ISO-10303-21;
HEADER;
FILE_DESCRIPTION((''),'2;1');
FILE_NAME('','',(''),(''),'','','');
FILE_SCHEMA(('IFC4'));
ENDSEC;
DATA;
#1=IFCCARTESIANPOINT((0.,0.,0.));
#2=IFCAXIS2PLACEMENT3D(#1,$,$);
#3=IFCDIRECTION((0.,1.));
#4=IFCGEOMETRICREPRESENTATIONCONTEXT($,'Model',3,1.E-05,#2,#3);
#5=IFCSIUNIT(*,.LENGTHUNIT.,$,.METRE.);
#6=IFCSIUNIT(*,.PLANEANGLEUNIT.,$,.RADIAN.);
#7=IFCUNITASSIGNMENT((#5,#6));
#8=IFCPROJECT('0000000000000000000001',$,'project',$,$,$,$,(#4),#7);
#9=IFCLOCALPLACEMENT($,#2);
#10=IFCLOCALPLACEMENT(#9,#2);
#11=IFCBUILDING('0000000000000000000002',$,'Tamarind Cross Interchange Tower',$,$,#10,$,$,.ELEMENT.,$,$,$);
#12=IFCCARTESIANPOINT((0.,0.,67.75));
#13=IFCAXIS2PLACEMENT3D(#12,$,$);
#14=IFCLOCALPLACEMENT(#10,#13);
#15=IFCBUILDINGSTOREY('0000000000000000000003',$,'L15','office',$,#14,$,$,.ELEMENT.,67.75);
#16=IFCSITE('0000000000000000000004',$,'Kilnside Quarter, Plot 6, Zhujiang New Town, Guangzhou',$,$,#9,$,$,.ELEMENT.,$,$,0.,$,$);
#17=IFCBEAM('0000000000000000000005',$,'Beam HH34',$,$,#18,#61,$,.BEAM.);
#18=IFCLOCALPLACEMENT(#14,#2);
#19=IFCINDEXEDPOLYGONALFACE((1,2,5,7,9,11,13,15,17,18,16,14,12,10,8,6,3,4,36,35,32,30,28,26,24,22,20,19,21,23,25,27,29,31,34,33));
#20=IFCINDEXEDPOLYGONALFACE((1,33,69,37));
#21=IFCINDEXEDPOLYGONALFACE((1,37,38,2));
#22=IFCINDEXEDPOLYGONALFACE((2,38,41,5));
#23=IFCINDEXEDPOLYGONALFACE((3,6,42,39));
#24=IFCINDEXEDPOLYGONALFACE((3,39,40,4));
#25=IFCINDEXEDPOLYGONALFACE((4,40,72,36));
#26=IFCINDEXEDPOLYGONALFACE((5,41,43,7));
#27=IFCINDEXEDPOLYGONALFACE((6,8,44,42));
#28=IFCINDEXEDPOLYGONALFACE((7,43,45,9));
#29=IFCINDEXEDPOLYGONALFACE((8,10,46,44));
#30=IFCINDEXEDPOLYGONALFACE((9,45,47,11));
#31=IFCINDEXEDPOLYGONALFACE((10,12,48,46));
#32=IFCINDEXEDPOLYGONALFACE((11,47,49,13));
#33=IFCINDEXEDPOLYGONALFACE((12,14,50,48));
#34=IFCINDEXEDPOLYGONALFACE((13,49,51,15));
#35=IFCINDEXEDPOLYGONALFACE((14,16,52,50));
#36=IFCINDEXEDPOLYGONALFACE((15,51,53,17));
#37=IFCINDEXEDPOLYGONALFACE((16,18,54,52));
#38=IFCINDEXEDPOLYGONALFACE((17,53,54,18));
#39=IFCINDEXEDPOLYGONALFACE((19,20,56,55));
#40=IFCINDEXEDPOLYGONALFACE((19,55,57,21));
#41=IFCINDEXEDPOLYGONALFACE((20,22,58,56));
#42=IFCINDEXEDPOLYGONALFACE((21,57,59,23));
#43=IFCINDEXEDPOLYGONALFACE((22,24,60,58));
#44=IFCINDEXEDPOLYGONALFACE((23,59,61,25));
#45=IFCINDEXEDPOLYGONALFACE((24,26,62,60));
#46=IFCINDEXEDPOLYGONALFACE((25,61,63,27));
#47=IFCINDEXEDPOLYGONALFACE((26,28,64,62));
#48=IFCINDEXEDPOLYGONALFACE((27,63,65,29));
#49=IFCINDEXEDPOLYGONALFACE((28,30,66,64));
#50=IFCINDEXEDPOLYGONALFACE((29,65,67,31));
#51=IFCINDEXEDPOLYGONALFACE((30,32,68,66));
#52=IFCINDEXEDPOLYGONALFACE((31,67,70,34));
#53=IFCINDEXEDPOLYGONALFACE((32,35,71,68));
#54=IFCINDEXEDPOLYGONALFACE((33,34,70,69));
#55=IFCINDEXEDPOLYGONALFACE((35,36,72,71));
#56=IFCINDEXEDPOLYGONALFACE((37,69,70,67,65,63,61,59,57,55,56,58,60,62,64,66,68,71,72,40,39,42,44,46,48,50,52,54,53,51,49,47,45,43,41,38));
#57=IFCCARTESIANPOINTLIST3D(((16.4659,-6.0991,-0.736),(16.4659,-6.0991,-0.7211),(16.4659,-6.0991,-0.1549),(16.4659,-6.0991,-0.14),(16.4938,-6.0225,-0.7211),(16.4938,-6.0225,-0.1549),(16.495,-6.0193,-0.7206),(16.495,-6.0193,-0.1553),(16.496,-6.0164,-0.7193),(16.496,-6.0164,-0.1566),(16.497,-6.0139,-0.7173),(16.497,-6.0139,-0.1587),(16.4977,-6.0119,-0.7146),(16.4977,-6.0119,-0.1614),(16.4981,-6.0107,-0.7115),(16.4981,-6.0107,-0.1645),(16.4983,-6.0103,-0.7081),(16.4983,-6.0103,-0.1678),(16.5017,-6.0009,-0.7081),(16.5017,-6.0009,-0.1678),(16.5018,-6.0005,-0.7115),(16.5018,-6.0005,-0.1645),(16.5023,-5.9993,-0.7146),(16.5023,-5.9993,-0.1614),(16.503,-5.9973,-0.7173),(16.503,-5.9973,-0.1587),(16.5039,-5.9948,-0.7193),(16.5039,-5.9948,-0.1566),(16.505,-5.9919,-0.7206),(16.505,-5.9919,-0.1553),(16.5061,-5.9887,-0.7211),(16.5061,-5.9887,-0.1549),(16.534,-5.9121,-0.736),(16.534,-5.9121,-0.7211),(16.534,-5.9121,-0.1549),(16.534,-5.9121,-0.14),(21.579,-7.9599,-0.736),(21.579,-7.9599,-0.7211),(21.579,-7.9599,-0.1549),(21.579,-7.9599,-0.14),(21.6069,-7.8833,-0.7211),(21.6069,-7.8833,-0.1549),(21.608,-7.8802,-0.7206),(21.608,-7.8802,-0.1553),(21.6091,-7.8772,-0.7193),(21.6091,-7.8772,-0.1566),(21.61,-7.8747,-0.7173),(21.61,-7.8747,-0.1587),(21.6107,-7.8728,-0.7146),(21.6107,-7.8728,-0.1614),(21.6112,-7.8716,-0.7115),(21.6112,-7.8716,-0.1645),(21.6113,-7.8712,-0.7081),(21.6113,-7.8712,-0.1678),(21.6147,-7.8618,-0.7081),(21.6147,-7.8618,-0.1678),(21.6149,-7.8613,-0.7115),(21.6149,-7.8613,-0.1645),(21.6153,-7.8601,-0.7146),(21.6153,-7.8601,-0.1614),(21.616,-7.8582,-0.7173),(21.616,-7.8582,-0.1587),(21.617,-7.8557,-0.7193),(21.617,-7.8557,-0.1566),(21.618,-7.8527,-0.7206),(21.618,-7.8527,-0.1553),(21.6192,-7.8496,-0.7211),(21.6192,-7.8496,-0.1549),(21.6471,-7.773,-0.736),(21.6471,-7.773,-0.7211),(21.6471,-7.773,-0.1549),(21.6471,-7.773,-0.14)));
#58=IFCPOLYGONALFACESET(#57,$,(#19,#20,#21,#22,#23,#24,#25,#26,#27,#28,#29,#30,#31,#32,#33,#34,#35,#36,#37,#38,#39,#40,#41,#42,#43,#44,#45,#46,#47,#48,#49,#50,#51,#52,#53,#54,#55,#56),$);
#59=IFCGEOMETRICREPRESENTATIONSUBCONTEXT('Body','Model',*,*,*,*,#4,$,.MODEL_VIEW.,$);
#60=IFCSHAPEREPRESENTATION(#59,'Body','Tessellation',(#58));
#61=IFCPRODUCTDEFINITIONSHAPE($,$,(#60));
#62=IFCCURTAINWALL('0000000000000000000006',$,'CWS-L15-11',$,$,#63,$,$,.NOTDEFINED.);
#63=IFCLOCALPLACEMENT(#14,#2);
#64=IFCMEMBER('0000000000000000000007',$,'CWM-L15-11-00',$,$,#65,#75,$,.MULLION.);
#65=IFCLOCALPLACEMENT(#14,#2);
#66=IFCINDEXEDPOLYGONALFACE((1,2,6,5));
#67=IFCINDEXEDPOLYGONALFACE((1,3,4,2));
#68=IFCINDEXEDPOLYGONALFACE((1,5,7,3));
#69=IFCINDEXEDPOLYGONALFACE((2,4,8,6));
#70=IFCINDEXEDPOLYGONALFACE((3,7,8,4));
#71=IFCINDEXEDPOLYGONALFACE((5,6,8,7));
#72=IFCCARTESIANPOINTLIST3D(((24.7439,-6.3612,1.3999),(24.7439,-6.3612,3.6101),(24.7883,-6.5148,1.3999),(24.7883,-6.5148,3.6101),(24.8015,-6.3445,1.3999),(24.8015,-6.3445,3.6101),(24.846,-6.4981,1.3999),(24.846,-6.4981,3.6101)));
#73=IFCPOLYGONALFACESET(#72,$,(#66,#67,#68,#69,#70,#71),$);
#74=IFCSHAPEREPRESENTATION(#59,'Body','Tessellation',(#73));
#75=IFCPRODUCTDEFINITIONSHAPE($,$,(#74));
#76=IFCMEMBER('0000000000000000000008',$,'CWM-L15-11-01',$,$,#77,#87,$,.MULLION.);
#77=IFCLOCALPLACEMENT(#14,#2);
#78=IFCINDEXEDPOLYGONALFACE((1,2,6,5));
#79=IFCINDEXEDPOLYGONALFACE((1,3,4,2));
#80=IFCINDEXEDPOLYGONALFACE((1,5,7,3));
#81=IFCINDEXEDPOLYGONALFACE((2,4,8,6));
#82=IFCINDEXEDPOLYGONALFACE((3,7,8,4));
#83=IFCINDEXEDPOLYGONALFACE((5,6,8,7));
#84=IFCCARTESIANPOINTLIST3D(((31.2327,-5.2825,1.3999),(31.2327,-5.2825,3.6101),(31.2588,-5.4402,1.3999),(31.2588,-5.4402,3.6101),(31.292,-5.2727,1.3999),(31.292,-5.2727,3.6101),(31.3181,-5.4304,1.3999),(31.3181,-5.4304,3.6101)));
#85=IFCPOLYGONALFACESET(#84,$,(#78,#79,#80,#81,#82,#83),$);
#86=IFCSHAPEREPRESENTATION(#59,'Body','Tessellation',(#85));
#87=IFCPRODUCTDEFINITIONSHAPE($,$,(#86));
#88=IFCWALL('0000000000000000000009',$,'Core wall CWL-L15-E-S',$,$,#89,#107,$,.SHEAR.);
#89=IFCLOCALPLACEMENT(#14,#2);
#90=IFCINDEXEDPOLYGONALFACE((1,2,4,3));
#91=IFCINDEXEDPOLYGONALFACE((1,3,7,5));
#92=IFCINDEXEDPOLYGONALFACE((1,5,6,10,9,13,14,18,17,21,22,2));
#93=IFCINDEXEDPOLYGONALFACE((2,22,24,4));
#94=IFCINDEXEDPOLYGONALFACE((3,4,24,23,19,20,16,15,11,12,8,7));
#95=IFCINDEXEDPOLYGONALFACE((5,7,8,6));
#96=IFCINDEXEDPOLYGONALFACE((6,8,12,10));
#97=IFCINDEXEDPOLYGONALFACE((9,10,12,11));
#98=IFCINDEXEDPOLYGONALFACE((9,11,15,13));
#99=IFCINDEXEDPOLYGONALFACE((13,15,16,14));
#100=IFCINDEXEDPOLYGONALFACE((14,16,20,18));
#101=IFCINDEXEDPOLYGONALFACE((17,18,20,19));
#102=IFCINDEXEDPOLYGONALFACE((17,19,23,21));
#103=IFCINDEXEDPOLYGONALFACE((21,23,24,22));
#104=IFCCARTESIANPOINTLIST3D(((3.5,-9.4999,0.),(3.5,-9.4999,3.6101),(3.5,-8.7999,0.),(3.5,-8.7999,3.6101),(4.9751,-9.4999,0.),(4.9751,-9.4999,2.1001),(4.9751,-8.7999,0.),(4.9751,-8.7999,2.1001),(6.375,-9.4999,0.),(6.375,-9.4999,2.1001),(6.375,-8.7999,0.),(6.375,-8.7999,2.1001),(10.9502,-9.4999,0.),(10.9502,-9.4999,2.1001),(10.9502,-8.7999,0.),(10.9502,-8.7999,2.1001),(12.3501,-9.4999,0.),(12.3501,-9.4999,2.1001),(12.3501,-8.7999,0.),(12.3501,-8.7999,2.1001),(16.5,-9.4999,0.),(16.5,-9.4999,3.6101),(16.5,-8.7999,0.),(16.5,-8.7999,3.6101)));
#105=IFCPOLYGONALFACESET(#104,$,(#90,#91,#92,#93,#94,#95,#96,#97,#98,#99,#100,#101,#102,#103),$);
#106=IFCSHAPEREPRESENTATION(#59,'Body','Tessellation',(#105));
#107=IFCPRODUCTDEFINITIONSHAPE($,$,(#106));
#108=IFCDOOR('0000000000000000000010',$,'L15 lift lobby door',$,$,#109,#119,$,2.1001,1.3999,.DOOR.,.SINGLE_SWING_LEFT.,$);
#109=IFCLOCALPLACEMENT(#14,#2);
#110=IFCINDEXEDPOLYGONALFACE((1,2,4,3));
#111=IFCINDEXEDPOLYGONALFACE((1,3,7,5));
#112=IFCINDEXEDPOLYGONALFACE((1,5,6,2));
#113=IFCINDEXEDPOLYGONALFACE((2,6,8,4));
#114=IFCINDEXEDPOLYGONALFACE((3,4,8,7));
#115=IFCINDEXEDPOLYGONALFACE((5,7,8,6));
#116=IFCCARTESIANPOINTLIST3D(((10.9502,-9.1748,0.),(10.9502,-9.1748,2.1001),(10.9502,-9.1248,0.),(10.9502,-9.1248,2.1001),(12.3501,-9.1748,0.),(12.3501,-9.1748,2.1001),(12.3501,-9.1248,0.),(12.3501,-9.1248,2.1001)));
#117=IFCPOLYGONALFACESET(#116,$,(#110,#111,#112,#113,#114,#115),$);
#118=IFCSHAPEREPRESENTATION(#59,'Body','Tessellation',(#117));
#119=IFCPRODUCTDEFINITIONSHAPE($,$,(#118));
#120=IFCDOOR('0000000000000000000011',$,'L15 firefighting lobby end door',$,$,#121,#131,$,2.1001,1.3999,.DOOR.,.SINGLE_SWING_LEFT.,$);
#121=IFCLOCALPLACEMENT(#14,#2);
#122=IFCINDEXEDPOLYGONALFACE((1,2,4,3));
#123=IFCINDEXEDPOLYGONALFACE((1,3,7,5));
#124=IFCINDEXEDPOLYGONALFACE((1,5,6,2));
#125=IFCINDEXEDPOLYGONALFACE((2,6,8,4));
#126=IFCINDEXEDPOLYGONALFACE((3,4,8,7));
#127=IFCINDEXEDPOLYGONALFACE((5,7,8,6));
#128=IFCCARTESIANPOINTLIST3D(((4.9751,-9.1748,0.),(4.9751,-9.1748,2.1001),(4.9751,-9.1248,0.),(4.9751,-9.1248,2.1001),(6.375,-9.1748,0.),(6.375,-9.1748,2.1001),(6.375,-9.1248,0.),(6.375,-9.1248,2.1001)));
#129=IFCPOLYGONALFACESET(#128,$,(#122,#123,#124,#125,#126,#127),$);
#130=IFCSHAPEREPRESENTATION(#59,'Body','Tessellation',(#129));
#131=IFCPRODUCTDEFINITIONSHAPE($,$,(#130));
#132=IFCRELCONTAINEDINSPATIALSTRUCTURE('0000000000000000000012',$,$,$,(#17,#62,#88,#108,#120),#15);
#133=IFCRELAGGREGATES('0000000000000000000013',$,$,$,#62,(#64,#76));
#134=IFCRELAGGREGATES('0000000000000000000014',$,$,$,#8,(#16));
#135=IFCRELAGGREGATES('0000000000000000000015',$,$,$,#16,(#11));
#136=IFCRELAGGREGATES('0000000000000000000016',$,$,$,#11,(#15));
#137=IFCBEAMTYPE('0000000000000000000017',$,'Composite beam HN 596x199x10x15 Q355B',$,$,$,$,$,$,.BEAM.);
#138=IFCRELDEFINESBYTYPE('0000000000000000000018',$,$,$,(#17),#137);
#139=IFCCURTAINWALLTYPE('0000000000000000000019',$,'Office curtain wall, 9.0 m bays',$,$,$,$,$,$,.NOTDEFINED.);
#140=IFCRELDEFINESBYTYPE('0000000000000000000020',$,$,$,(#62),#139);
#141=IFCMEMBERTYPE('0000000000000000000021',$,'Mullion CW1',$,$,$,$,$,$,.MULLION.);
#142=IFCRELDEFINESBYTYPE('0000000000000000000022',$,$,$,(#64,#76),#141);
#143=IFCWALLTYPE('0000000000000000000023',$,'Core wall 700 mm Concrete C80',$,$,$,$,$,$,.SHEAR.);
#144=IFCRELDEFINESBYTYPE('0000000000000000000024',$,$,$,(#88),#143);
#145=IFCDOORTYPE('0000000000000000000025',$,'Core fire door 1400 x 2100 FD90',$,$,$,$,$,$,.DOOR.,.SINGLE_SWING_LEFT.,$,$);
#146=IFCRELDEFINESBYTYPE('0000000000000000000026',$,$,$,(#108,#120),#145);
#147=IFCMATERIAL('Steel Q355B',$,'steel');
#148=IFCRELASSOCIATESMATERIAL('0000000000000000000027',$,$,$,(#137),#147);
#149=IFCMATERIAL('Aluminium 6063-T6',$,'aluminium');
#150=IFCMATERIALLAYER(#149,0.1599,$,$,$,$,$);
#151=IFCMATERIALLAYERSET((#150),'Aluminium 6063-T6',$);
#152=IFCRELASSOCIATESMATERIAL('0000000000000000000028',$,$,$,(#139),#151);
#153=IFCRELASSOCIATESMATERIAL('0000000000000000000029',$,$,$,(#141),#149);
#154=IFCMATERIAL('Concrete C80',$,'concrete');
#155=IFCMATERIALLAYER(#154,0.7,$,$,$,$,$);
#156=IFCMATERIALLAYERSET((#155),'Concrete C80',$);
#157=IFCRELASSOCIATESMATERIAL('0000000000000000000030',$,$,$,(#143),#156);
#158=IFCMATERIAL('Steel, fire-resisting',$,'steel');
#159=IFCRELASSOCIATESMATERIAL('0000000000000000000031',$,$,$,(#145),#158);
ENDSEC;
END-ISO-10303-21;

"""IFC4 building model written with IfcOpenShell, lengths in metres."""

from ifc_helpers import new_model, si_unit, direction, frame, frame_2d, origin, origin_2d, place, context, subcontext, project, spatial, rectangle, i_section, extrude, material, layer, layer_set, material_profile, profile_set, type_object, element, fill, aggregate, save


model = new_model("IFC4")

# Units and contexts
model_context = context("Model", 3, precision=1e-05, world=origin(), true_north=direction((0.0, 1.0)))
body_context = subcontext(model_context, "Body", "Model", "MODEL_VIEW")
ifc_project = project(units=[si_unit("LENGTHUNIT", "METRE"), si_unit("PLANEANGLEUNIT", "RADIAN")], contexts=[model_context])

# Site, building, storey
site_placement = place(None, origin())
site = spatial("IfcSite", under=ifc_project, at=site_placement, Name="Kilnside Quarter, Plot 6, Zhujiang New Town, Guangzhou", CompositionType="ELEMENT", RefElevation=0.0)
building_placement = place(site_placement, origin())
building = spatial("IfcBuilding", under=site, at=building_placement, Name="Tamarind Cross Interchange Tower", CompositionType="ELEMENT")
storey_placement = place(building_placement, frame((0.0, 0.0, 67.75)))
storey = spatial("IfcBuildingStorey", under=building, at=storey_placement, Name="L15", Description="office", CompositionType="ELEMENT", Elevation=67.75)

# Beam
ifc_material_1 = material(Name="Steel Q355B", Category="steel")
ifc_material_profile_1 = material_profile(ifc_material_1, i_section(OverallWidth=0.199, OverallDepth=0.5959, WebThickness=0.01, FlangeThickness=0.0149, FilletRadius=0.0129, at=origin_2d()), Name="HN 596x199x10x15")
ifc_profile_set_1 = profile_set([ifc_material_profile_1], Name="Steel Q355B")
beam_type = type_object("IfcBeamType", Name="Composite beam HN 596x199x10x15 Q355B", PredefinedType="BEAM", material=ifc_profile_set_1)
beam_1_placement = place(storey_placement, frame((21.613, -7.8665, -0.438), z_axis=(-0.939702, 0.341995, 0.0), x_axis=(-0.341995, -0.939702, 0.0)))
element("IfcBeam", 1, at=beam_1_placement, inside=storey, type_object=beam_type, Name="Beam HH34", PredefinedType="BEAM", context=body_context, shape_type="SweptSolid", body=[
    extrude(i_section(OverallWidth=0.199, OverallDepth=0.5959, WebThickness=0.01, FlangeThickness=0.0149, FilletRadius=0.0129, at=origin_2d()), origin(), (0.0, 0.0, 1.0), 5.4412),
])

# Curtain wall, members
ifc_material_2 = material(Name="Aluminium 6063-T6", Category="aluminium")
ifc_layer_1 = layer(ifc_material_2, 0.1599)
ifc_layer_set_1 = layer_set([ifc_layer_1], Name="Aluminium 6063-T6")
curtain_wall_type = type_object("IfcCurtainWallType", Name="Office curtain wall, 9.0 m bays", PredefinedType="NOTDEFINED", material=ifc_layer_set_1)
curtain_wall_placement = place(storey_placement, origin())
curtain_wall = element("IfcCurtainWall", 2, at=curtain_wall_placement, inside=storey, type_object=curtain_wall_type, Name="CWS-L15-11", PredefinedType="NOTDEFINED")
ifc_material_profile_2 = material_profile(ifc_material_2, rectangle(XDim=0.0601, YDim=0.1599, at=origin_2d()), Name="Mullion CW1")
ifc_profile_set_2 = profile_set([ifc_material_profile_2], Name="Aluminium 6063-T6")
member_type = type_object("IfcMemberType", Name="Mullion CW1", PredefinedType="MULLION", material=ifc_profile_set_2)
member_1_placement = place(storey_placement, frame((24.7949, -6.4297, 1.3999), z_axis=(0.0, 0.0, 1.0), x_axis=(0.960607, 0.27791, 0.0)))
member_1 = element("IfcMember", 3, at=member_1_placement, type_object=member_type, Name="CWM-L15-11-00", PredefinedType="MULLION", context=body_context, shape_type="SweptSolid", body=[
    extrude(rectangle(XDim=0.0601, YDim=0.1599, at=origin_2d()), origin(), (0.0, 0.0, 1.0), 2.2102),
])
member_2_placement = place(storey_placement, frame((31.2754, -5.3564, 1.3999), z_axis=(0.0, 0.0, 1.0), x_axis=(0.986563, 0.163381, 0.0)))
member_2 = element("IfcMember", 4, at=member_2_placement, type_object=member_type, Name="CWM-L15-11-01", PredefinedType="MULLION", context=body_context, shape_type="SweptSolid", body=[
    extrude(rectangle(XDim=0.0601, YDim=0.1599, at=origin_2d()), origin(), (0.0, 0.0, 1.0), 2.2102),
])
aggregate(curtain_wall, [member_1, member_2])

# Wall, openings, doors
ifc_material_3 = material(Name="Concrete C80", Category="concrete")
ifc_layer_2 = layer(ifc_material_3, 0.7)
ifc_layer_set_2 = layer_set([ifc_layer_2], Name="Concrete C80")
wall_type_1 = type_object("IfcWallType", Name="Core wall 700 mm Concrete C80", PredefinedType="SHEAR", material=ifc_layer_set_2)
wall_1_placement = place(storey_placement, frame((16.5, -9.1499, 0.0), z_axis=(0.0, 0.0, 1.0), x_axis=(-1.0, 0.0, 0.0)))
wall_1 = element("IfcWall", 5, at=wall_1_placement, inside=storey, type_object=wall_type_1, Name="Core wall CWL-L15-E-S", PredefinedType="SHEAR", context=body_context, shape_type="SweptSolid", body=[
    extrude(rectangle(XDim=13.0, YDim=0.7, at=frame_2d((6.5, 0.0))), origin(), (0.0, 0.0, 1.0), 3.6101),
])
opening_1_placement = place(wall_1_placement, frame((4.1499, 0.0, 0.0)))
opening_1 = element("IfcOpeningElement", 6, at=opening_1_placement, cuts=wall_1, PredefinedType="OPENING", context=body_context, shape_type="SweptSolid", body=[
    extrude(rectangle(XDim=1.3999, YDim=2.1001, at=frame_2d((0.7, 1.05))), frame((0.0, 0.3599, 0.0), z_axis=(0.0, -1.0, 0.0), x_axis=(1.0, 0.0, 0.0)), (0.0, 0.0, 1.0), 0.72),
])
opening_2_placement = place(wall_1_placement, frame((10.125, 0.0, 0.0)))
opening_2 = element("IfcOpeningElement", 7, at=opening_2_placement, cuts=wall_1, PredefinedType="OPENING", context=body_context, shape_type="SweptSolid", body=[
    extrude(rectangle(XDim=1.3999, YDim=2.1001, at=frame_2d((0.7, 1.05))), frame((0.0, 0.3599, 0.0), z_axis=(0.0, -1.0, 0.0), x_axis=(1.0, 0.0, 0.0)), (0.0, 0.0, 1.0), 0.72),
])
ifc_material_4 = material(Name="Steel, fire-resisting", Category="steel")
door_type_1 = type_object("IfcDoorType", Name="Core fire door 1400 x 2100 FD90", OperationType="SINGLE_SWING_LEFT", PredefinedType="DOOR", material=ifc_material_4)
door_1_placement = place(opening_1_placement, origin())
door_1 = element("IfcDoor", 8, at=door_1_placement, inside=storey, type_object=door_type_1, Name="L15 lift lobby door", OperationType="SINGLE_SWING_LEFT", OverallHeight=2.1001, OverallWidth=1.3999, PredefinedType="DOOR", context=body_context, shape_type="SweptSolid", body=[
    extrude(rectangle(XDim=1.3999, YDim=2.1001, at=frame_2d((0.7, 1.05))), frame((0.0, 0.0249, 0.0), z_axis=(0.0, -1.0, 0.0), x_axis=(1.0, 0.0, 0.0)), (0.0, 0.0, 1.0), 0.05),
])
fill(opening_1, door_1)
door_2_placement = place(opening_2_placement, origin())
door_2 = element("IfcDoor", 9, at=door_2_placement, inside=storey, type_object=door_type_1, Name="L15 firefighting lobby end door", OperationType="SINGLE_SWING_LEFT", OverallHeight=2.1001, OverallWidth=1.3999, PredefinedType="DOOR", context=body_context, shape_type="SweptSolid", body=[
    extrude(rectangle(XDim=1.3999, YDim=2.1001, at=frame_2d((0.7, 1.05))), frame((0.0, 0.0249, 0.0), z_axis=(0.0, -1.0, 0.0), x_axis=(1.0, 0.0, 0.0)), (0.0, 0.0, 1.0), 0.05),
])
fill(opening_2, door_2)

save(model, "model.ifc")
